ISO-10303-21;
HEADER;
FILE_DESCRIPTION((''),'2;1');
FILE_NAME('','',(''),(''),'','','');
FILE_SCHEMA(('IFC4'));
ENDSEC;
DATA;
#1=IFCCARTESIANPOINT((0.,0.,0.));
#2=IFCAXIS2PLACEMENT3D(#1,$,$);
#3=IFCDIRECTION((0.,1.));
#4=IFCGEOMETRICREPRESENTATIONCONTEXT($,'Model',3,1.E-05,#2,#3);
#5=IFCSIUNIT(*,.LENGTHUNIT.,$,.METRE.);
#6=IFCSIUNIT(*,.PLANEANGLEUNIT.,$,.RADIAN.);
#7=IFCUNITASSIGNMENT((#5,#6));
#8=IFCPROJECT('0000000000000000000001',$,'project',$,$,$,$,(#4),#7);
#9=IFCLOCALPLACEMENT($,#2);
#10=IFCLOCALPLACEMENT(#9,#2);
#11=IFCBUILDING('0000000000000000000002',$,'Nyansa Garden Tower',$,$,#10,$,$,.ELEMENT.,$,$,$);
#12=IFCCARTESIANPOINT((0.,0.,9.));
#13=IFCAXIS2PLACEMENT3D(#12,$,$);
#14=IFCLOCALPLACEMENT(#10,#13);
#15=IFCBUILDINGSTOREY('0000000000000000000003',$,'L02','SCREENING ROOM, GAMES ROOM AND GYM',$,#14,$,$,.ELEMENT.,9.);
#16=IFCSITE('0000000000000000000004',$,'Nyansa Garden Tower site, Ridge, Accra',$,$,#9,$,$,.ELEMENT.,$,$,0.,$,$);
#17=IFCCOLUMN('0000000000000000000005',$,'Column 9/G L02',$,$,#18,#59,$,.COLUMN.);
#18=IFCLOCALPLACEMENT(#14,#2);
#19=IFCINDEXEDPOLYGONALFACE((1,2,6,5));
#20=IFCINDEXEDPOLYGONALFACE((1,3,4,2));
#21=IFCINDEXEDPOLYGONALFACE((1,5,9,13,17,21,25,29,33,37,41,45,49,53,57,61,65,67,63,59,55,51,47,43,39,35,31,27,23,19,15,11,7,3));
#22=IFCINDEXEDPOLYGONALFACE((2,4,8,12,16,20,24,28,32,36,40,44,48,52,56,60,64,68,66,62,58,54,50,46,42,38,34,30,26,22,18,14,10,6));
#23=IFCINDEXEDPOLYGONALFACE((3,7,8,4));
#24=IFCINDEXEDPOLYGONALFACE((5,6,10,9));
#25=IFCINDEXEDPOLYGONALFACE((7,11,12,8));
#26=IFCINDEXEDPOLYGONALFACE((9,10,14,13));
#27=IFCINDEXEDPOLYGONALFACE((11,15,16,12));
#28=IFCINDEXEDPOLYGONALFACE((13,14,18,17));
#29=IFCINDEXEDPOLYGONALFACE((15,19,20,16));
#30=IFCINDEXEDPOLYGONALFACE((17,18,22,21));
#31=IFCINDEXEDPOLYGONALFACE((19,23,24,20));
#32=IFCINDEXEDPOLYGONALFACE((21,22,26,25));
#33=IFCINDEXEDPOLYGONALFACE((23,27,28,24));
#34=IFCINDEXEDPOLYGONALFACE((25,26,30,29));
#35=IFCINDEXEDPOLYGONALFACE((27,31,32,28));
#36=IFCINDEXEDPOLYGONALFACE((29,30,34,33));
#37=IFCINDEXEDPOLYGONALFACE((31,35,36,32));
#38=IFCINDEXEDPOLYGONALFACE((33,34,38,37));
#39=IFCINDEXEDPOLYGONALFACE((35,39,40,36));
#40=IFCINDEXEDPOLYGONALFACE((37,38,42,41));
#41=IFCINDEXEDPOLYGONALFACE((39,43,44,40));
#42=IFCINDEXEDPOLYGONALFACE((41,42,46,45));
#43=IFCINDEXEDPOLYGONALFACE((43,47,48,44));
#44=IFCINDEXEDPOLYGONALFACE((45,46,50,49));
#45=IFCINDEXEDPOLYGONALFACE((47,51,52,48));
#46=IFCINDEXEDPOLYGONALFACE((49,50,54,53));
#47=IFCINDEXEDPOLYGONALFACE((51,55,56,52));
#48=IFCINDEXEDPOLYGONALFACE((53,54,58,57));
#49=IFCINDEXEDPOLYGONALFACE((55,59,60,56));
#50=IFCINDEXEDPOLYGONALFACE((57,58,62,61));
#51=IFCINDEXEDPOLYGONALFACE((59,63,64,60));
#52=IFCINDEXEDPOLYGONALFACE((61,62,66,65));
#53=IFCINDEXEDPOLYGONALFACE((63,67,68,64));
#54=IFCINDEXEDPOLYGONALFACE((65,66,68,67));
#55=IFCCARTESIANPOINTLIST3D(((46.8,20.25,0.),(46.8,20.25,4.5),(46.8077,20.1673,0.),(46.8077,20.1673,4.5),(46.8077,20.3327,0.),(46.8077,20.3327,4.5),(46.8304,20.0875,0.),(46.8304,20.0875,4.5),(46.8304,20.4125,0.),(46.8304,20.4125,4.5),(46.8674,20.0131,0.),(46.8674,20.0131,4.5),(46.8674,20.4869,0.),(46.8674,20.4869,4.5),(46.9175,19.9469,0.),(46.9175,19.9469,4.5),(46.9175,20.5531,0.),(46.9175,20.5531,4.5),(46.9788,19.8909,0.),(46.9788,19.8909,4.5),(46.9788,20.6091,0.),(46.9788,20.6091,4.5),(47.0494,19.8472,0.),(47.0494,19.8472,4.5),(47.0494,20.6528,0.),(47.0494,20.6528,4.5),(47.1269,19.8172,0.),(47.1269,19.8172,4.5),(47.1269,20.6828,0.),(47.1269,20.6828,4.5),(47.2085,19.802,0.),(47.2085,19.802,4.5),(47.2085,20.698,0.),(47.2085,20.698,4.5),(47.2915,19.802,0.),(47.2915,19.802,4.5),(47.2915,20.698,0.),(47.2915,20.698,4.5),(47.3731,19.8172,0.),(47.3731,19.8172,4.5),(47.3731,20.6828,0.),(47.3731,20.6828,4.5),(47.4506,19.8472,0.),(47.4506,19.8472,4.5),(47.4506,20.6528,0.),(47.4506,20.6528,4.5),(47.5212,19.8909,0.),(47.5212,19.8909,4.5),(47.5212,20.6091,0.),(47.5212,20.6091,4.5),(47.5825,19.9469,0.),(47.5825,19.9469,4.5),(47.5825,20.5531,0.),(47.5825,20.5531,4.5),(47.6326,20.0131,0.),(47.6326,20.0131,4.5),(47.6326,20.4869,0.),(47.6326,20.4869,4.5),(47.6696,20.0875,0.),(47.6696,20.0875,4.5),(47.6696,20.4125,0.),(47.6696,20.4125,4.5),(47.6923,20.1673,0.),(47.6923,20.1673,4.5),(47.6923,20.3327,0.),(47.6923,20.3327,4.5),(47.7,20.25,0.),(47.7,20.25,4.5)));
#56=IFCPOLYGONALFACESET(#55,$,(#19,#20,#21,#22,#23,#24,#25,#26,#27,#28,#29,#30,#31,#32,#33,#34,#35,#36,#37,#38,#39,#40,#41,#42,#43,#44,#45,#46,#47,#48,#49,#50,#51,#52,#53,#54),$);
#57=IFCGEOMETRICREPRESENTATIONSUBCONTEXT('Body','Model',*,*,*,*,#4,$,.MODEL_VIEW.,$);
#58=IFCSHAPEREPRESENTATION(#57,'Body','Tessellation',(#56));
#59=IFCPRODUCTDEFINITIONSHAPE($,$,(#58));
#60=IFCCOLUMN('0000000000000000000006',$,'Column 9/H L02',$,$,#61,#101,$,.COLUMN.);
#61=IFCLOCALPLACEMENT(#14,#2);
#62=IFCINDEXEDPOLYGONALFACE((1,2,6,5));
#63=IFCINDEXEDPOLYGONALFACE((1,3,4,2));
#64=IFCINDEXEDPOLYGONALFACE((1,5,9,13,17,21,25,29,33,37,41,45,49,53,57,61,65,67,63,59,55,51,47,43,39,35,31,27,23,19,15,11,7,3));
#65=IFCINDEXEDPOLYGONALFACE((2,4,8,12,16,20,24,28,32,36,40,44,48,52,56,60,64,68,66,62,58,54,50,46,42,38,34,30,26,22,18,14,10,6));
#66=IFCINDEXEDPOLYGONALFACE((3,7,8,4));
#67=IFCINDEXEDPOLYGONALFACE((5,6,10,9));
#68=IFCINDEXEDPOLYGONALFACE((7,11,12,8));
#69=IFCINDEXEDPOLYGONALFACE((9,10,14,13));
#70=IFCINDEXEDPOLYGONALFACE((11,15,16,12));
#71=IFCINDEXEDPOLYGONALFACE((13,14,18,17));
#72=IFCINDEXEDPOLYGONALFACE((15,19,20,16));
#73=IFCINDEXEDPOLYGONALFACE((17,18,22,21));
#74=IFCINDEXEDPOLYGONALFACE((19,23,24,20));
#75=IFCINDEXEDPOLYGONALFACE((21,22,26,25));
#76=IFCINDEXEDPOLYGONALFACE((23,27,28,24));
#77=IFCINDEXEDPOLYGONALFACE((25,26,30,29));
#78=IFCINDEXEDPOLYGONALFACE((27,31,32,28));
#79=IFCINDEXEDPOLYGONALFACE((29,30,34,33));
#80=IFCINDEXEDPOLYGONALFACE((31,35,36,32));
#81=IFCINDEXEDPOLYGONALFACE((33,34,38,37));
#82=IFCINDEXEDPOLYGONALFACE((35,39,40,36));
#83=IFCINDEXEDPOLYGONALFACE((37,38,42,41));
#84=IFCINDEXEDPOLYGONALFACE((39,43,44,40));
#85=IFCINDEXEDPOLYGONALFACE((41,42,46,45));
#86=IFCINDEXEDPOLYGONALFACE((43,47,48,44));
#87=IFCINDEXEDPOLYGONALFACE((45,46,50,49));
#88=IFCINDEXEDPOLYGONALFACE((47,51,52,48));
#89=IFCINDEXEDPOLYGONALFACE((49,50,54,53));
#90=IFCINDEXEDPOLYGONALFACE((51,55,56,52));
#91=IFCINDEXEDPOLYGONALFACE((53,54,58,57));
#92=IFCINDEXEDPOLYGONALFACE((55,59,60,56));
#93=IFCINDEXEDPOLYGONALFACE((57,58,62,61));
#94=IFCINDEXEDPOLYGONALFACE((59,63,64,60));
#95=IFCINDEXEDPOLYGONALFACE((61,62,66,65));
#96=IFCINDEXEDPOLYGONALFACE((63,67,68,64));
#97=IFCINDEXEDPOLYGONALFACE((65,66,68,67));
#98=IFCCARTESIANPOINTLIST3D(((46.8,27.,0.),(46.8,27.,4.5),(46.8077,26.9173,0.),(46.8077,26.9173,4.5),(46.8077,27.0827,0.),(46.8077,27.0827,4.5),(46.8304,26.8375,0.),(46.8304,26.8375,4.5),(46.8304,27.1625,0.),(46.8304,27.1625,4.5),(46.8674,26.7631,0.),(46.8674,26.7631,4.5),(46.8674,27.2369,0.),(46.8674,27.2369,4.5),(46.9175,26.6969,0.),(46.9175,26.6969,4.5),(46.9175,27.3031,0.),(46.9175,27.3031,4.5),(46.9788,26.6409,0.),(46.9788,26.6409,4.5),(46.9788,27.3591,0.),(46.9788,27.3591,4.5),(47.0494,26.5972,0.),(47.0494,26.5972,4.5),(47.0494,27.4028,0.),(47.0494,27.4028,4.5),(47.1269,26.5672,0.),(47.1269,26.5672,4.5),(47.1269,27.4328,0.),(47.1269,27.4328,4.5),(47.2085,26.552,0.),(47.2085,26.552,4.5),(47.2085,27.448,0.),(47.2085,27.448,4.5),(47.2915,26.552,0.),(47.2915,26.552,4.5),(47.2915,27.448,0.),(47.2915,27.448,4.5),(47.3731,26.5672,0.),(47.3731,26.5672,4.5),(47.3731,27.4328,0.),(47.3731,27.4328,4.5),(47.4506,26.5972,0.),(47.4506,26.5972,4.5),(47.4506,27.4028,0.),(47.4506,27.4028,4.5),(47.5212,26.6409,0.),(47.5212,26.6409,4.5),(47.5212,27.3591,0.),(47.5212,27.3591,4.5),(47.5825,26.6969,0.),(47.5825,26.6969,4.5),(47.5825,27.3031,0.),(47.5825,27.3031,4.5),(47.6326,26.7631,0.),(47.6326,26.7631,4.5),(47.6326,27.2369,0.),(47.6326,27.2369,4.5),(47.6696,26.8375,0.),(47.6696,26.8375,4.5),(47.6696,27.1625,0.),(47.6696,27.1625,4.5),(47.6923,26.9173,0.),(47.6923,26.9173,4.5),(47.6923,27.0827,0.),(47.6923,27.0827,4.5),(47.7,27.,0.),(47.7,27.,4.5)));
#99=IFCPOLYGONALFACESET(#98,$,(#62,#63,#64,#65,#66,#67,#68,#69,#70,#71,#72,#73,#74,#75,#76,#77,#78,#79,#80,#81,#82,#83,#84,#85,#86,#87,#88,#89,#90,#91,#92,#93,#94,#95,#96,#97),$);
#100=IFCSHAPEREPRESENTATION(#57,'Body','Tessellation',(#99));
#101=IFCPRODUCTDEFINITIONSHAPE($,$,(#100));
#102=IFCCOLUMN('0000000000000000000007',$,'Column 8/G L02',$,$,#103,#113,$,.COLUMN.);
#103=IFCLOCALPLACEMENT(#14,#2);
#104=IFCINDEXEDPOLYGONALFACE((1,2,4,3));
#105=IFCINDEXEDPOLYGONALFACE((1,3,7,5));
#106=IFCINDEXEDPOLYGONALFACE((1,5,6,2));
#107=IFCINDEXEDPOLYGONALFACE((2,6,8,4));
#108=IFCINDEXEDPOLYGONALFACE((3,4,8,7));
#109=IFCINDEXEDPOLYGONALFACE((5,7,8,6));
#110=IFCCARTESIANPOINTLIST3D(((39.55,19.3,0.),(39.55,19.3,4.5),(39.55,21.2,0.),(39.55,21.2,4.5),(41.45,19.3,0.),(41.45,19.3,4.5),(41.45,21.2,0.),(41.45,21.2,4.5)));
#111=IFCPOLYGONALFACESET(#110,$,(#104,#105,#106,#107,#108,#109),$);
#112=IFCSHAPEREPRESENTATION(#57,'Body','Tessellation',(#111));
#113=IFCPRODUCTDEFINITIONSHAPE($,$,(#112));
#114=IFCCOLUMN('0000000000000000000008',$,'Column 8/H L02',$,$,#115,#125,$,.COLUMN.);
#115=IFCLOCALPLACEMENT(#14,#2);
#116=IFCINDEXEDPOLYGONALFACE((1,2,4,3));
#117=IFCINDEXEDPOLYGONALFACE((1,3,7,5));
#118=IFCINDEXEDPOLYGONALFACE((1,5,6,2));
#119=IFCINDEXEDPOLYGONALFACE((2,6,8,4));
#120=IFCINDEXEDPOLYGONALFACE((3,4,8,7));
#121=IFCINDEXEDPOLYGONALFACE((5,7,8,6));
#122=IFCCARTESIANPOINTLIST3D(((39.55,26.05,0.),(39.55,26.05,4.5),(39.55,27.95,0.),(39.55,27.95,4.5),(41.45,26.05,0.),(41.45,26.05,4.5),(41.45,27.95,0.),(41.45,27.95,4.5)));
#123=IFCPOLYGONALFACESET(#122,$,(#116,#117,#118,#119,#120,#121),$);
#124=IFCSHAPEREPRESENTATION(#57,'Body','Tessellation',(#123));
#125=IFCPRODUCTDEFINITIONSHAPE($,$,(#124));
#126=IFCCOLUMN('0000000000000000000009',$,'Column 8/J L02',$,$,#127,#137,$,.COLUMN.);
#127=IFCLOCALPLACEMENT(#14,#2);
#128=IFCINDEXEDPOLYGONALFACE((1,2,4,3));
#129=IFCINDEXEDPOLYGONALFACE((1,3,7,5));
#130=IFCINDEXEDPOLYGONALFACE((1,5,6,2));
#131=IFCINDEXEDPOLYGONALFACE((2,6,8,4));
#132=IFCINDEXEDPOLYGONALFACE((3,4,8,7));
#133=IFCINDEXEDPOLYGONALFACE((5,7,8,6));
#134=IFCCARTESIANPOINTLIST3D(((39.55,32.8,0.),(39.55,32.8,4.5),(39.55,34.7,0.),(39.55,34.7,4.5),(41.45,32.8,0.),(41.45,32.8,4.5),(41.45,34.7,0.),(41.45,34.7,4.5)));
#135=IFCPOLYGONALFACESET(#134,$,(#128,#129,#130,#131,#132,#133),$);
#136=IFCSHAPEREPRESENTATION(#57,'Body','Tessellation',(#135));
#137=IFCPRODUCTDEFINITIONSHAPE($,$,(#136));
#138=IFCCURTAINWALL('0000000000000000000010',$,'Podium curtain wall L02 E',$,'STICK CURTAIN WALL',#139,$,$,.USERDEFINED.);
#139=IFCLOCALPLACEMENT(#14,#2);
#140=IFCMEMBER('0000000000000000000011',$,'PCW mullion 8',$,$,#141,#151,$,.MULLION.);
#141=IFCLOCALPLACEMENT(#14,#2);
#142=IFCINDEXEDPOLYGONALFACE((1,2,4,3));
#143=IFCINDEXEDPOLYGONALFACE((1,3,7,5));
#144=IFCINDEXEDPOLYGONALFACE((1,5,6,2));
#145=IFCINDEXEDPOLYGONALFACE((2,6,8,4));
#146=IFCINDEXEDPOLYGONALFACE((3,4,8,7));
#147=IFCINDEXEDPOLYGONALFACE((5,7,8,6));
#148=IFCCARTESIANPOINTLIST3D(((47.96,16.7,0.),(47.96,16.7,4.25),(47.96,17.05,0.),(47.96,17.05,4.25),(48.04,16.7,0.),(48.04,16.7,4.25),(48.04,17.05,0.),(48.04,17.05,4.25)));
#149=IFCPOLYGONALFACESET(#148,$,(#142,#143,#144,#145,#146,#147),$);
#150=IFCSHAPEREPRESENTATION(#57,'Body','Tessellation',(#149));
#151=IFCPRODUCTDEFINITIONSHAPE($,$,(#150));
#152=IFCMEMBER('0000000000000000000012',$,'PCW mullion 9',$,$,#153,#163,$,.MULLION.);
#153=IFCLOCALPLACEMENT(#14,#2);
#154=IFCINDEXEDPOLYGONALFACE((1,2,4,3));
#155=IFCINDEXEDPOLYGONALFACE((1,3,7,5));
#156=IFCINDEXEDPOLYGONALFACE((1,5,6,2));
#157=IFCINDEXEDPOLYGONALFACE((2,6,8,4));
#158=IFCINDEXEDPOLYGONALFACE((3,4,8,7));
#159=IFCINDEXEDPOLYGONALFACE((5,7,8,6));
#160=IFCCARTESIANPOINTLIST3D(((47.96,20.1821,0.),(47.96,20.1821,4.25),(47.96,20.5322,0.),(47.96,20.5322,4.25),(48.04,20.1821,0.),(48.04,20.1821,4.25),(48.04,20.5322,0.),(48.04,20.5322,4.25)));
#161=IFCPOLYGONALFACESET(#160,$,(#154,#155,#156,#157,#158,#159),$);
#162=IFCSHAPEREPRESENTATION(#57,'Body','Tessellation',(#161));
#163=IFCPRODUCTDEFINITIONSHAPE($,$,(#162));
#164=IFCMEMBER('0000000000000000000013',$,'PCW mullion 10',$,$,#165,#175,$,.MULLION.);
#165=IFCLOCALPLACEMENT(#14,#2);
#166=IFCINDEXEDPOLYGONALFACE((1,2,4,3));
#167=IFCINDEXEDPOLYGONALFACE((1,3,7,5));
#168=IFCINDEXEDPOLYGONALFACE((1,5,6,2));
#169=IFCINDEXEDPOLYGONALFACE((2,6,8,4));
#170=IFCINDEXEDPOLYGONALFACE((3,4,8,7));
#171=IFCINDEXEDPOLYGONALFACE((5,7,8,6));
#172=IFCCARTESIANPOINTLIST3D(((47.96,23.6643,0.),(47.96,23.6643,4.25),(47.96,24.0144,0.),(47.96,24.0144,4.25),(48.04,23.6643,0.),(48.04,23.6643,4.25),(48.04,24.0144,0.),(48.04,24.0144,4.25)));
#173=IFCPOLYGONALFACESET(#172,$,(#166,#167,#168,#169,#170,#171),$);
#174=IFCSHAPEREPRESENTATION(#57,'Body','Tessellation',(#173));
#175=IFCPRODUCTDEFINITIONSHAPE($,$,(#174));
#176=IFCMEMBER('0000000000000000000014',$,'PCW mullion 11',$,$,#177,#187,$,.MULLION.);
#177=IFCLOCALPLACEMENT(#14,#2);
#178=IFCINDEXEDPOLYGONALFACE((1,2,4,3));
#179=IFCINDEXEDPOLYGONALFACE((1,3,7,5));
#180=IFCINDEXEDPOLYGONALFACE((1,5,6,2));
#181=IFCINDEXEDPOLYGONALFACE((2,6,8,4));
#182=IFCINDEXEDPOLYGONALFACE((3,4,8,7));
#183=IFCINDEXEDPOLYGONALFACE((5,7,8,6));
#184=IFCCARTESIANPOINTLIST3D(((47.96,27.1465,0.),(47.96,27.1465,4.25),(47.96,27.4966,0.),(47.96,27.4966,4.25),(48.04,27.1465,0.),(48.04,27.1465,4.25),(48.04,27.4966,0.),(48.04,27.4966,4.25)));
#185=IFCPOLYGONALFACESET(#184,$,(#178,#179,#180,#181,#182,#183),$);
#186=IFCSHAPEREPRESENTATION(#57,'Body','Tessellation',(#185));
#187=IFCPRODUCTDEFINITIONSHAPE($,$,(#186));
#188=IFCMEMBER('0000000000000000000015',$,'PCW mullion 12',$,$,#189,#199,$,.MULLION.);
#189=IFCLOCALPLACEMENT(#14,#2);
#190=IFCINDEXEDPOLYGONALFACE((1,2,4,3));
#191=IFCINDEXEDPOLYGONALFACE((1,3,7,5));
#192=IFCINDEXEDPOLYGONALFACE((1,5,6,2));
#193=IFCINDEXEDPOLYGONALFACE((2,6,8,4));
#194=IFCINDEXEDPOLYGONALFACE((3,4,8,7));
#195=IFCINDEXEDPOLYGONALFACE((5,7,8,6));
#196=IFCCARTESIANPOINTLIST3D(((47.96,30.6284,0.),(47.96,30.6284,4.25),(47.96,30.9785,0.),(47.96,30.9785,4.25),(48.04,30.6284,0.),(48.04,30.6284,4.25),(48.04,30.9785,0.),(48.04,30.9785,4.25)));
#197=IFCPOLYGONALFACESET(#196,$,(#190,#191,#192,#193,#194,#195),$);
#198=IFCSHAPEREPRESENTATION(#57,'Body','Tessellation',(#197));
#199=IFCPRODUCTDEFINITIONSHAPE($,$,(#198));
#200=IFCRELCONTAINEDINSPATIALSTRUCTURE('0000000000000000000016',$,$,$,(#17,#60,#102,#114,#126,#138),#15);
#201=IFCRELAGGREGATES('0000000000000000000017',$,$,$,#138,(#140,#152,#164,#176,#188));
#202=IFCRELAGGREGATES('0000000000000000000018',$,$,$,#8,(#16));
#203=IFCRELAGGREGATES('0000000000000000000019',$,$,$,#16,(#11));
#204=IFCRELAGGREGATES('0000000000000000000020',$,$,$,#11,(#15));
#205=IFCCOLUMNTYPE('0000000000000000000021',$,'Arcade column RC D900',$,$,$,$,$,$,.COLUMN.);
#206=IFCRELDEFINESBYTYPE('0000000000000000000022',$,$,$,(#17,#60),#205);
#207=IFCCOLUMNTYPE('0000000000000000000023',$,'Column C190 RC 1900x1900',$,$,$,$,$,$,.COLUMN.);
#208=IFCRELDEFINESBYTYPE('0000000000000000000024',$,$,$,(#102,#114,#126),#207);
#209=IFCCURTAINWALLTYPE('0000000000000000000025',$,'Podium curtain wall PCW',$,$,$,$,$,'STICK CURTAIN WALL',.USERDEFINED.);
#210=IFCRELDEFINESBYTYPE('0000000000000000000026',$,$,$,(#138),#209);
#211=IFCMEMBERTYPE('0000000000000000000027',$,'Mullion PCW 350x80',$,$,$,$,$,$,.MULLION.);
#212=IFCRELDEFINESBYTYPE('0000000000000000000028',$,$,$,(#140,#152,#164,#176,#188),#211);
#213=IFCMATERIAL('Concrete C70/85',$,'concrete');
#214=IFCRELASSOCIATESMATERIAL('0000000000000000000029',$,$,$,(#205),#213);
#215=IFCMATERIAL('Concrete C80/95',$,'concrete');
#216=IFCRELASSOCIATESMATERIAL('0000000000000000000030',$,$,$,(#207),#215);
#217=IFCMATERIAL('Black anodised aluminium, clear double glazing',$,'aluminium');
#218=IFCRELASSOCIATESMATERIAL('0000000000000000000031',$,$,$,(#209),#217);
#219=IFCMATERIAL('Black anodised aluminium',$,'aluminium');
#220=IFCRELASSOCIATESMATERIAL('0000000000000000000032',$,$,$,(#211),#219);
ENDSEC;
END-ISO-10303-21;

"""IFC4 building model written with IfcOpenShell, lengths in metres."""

from ifc_helpers import new_model, si_unit, direction, frame, origin, origin_2d, place, context, subcontext, project, spatial, rectangle, circle, extrude, material, material_profile, profile_set, type_object, element, aggregate, save


model = new_model("IFC4")

# Units and contexts
model_context = context("Model", 3, precision=1e-05, world=origin(), true_north=direction((0.0, 1.0)))
body_context = subcontext(model_context, "Body", "Model", "MODEL_VIEW")
ifc_project = project(units=[si_unit("LENGTHUNIT", "METRE"), si_unit("PLANEANGLEUNIT", "RADIAN")], contexts=[model_context])

# Site, building, storey
site_placement = place(None, origin())
site = spatial("IfcSite", under=ifc_project, at=site_placement, Name="Nyansa Garden Tower site, Ridge, Accra", CompositionType="ELEMENT", RefElevation=0.0)
building_placement = place(site_placement, origin())
building = spatial("IfcBuilding", under=site, at=building_placement, Name="Nyansa Garden Tower", CompositionType="ELEMENT")
storey_placement = place(building_placement, frame((0.0, 0.0, 9.0)))
storey = spatial("IfcBuildingStorey", under=building, at=storey_placement, Name="L02", Description="SCREENING ROOM, GAMES ROOM AND GYM", CompositionType="ELEMENT", Elevation=9.0)

# Columns
ifc_material_1 = material(Name="Concrete C70/85", Category="concrete")
ifc_material_profile_1 = material_profile(ifc_material_1, circle(Radius=0.45, at=origin_2d()), Name="RC D900")
ifc_profile_set_1 = profile_set([ifc_material_profile_1], Name="Concrete C70/85")
column_type_1 = type_object("IfcColumnType", Name="Arcade column RC D900", PredefinedType="COLUMN", material=ifc_profile_set_1)
for number, where, z_axis, x_axis, name in (
    (1, (47.25, 20.25, 0.0), (0.0, 0.0, 1.0), (1.0, 0.0, 0.0), "Column 9/G L02"),
    (2, (47.25, 27.0, 0.0), (0.0, 0.0, 1.0), (1.0, 0.0, 0.0), "Column 9/H L02"),
):
    element("IfcColumn", number, at=place(storey_placement, frame(where, z_axis=z_axis, x_axis=x_axis)), inside=storey, type_object=column_type_1, Name=name, PredefinedType="COLUMN", context=body_context, shape_type="SweptSolid", body=[
        extrude(circle(Radius=0.45, at=origin_2d()), origin(), (0.0, 0.0, 1.0), 4.5),
    ])
ifc_material_2 = material(Name="Concrete C80/95", Category="concrete")
ifc_material_profile_2 = material_profile(ifc_material_2, rectangle(XDim=1.8999, YDim=1.8999, at=origin_2d()), Name="RC 1900x1900")
ifc_profile_set_2 = profile_set([ifc_material_profile_2], Name="Concrete C80/95")
column_type_2 = type_object("IfcColumnType", Name="Column C190 RC 1900x1900", PredefinedType="COLUMN", material=ifc_profile_set_2)
for number, where, z_axis, x_axis, name in (
    (3, (40.5, 20.25, 0.0), (0.0, 0.0, 1.0), (1.0, 0.0, 0.0), "Column 8/G L02"),
    (4, (40.5, 27.0, 0.0), (0.0, 0.0, 1.0), (1.0, 0.0, 0.0), "Column 8/H L02"),
    (5, (40.5, 33.75, 0.0), (0.0, 0.0, 1.0), (1.0, 0.0, 0.0), "Column 8/J L02"),
):
    element("IfcColumn", number, at=place(storey_placement, frame(where, z_axis=z_axis, x_axis=x_axis)), inside=storey, type_object=column_type_2, Name=name, PredefinedType="COLUMN", context=body_context, shape_type="SweptSolid", body=[
        extrude(rectangle(XDim=1.8999, YDim=1.8999, at=origin_2d()), origin(), (0.0, 0.0, 1.0), 4.5),
    ])

# Curtain wall, members
ifc_material_3 = material(Name="Black anodised aluminium, clear double glazing", Category="aluminium")
curtain_wall_type = type_object("IfcCurtainWallType", Name="Podium curtain wall PCW", ElementType="STICK CURTAIN WALL", PredefinedType="USERDEFINED", material=ifc_material_3)
curtain_wall_placement = place(storey_placement, origin())
curtain_wall = element("IfcCurtainWall", 6, at=curtain_wall_placement, inside=storey, type_object=curtain_wall_type, Name="Podium curtain wall L02 E", ObjectType="STICK CURTAIN WALL", PredefinedType="USERDEFINED")
ifc_material_4 = material(Name="Black anodised aluminium", Category="aluminium")
ifc_material_profile_3 = material_profile(ifc_material_4, rectangle(XDim=0.0801, YDim=0.3501, at=origin_2d()), Name="Mullion 350x80")
ifc_profile_set_3 = profile_set([ifc_material_profile_3], Name="Black anodised aluminium")
member_type_1 = type_object("IfcMemberType", Name="Mullion PCW 350x80", PredefinedType="MULLION", material=ifc_profile_set_3)
member_1_placement = place(storey_placement, frame((48.0, 16.875, 0.0), z_axis=(0.0, 0.0, 1.0), x_axis=(-1.0, 0.0, 0.0)))
member_1 = element("IfcMember", 7, at=member_1_placement, type_object=member_type_1, Name="PCW mullion 8", PredefinedType="MULLION", context=body_context, shape_type="SweptSolid", body=[
    extrude(rectangle(XDim=0.0801, YDim=0.3501, at=origin_2d()), origin(), (0.0, 0.0, 1.0), 4.25),
])
member_2_placement = place(storey_placement, frame((48.0, 20.3572, 0.0), z_axis=(0.0, 0.0, 1.0), x_axis=(-1.0, 0.0, 0.0)))
member_2 = element("IfcMember", 8, at=member_2_placement, type_object=member_type_1, Name="PCW mullion 9", PredefinedType="MULLION", context=body_context, shape_type="SweptSolid", body=[
    extrude(rectangle(XDim=0.0801, YDim=0.3501, at=origin_2d()), origin(), (0.0, 0.0, 1.0), 4.25),
])
member_3_placement = place(storey_placement, frame((48.0, 23.8394, 0.0), z_axis=(0.0, 0.0, 1.0), x_axis=(-1.0, 0.0, 0.0)))
member_3 = element("IfcMember", 9, at=member_3_placement, type_object=member_type_1, Name="PCW mullion 10", PredefinedType="MULLION", context=body_context, shape_type="SweptSolid", body=[
    extrude(rectangle(XDim=0.0801, YDim=0.3501, at=origin_2d()), origin(), (0.0, 0.0, 1.0), 4.25),
])
member_4_placement = place(storey_placement, frame((48.0, 27.3215, 0.0), z_axis=(0.0, 0.0, 1.0), x_axis=(-1.0, 0.0, 0.0)))
member_4 = element("IfcMember", 10, at=member_4_placement, type_object=member_type_1, Name="PCW mullion 11", PredefinedType="MULLION", context=body_context, shape_type="SweptSolid", body=[
    extrude(rectangle(XDim=0.0801, YDim=0.3501, at=origin_2d()), origin(), (0.0, 0.0, 1.0), 4.25),
])
member_5_placement = place(storey_placement, frame((48.0, 30.8035, 0.0), z_axis=(0.0, 0.0, 1.0), x_axis=(-1.0, 0.0, 0.0)))
member_5 = element("IfcMember", 11, at=member_5_placement, type_object=member_type_1, Name="PCW mullion 12", PredefinedType="MULLION", context=body_context, shape_type="SweptSolid", body=[
    extrude(rectangle(XDim=0.0801, YDim=0.3501, at=origin_2d()), origin(), (0.0, 0.0, 1.0), 4.25),
])

aggregate(curtain_wall, [member_1, member_2, member_3, member_4, member_5])

save(model, "model.ifc")
